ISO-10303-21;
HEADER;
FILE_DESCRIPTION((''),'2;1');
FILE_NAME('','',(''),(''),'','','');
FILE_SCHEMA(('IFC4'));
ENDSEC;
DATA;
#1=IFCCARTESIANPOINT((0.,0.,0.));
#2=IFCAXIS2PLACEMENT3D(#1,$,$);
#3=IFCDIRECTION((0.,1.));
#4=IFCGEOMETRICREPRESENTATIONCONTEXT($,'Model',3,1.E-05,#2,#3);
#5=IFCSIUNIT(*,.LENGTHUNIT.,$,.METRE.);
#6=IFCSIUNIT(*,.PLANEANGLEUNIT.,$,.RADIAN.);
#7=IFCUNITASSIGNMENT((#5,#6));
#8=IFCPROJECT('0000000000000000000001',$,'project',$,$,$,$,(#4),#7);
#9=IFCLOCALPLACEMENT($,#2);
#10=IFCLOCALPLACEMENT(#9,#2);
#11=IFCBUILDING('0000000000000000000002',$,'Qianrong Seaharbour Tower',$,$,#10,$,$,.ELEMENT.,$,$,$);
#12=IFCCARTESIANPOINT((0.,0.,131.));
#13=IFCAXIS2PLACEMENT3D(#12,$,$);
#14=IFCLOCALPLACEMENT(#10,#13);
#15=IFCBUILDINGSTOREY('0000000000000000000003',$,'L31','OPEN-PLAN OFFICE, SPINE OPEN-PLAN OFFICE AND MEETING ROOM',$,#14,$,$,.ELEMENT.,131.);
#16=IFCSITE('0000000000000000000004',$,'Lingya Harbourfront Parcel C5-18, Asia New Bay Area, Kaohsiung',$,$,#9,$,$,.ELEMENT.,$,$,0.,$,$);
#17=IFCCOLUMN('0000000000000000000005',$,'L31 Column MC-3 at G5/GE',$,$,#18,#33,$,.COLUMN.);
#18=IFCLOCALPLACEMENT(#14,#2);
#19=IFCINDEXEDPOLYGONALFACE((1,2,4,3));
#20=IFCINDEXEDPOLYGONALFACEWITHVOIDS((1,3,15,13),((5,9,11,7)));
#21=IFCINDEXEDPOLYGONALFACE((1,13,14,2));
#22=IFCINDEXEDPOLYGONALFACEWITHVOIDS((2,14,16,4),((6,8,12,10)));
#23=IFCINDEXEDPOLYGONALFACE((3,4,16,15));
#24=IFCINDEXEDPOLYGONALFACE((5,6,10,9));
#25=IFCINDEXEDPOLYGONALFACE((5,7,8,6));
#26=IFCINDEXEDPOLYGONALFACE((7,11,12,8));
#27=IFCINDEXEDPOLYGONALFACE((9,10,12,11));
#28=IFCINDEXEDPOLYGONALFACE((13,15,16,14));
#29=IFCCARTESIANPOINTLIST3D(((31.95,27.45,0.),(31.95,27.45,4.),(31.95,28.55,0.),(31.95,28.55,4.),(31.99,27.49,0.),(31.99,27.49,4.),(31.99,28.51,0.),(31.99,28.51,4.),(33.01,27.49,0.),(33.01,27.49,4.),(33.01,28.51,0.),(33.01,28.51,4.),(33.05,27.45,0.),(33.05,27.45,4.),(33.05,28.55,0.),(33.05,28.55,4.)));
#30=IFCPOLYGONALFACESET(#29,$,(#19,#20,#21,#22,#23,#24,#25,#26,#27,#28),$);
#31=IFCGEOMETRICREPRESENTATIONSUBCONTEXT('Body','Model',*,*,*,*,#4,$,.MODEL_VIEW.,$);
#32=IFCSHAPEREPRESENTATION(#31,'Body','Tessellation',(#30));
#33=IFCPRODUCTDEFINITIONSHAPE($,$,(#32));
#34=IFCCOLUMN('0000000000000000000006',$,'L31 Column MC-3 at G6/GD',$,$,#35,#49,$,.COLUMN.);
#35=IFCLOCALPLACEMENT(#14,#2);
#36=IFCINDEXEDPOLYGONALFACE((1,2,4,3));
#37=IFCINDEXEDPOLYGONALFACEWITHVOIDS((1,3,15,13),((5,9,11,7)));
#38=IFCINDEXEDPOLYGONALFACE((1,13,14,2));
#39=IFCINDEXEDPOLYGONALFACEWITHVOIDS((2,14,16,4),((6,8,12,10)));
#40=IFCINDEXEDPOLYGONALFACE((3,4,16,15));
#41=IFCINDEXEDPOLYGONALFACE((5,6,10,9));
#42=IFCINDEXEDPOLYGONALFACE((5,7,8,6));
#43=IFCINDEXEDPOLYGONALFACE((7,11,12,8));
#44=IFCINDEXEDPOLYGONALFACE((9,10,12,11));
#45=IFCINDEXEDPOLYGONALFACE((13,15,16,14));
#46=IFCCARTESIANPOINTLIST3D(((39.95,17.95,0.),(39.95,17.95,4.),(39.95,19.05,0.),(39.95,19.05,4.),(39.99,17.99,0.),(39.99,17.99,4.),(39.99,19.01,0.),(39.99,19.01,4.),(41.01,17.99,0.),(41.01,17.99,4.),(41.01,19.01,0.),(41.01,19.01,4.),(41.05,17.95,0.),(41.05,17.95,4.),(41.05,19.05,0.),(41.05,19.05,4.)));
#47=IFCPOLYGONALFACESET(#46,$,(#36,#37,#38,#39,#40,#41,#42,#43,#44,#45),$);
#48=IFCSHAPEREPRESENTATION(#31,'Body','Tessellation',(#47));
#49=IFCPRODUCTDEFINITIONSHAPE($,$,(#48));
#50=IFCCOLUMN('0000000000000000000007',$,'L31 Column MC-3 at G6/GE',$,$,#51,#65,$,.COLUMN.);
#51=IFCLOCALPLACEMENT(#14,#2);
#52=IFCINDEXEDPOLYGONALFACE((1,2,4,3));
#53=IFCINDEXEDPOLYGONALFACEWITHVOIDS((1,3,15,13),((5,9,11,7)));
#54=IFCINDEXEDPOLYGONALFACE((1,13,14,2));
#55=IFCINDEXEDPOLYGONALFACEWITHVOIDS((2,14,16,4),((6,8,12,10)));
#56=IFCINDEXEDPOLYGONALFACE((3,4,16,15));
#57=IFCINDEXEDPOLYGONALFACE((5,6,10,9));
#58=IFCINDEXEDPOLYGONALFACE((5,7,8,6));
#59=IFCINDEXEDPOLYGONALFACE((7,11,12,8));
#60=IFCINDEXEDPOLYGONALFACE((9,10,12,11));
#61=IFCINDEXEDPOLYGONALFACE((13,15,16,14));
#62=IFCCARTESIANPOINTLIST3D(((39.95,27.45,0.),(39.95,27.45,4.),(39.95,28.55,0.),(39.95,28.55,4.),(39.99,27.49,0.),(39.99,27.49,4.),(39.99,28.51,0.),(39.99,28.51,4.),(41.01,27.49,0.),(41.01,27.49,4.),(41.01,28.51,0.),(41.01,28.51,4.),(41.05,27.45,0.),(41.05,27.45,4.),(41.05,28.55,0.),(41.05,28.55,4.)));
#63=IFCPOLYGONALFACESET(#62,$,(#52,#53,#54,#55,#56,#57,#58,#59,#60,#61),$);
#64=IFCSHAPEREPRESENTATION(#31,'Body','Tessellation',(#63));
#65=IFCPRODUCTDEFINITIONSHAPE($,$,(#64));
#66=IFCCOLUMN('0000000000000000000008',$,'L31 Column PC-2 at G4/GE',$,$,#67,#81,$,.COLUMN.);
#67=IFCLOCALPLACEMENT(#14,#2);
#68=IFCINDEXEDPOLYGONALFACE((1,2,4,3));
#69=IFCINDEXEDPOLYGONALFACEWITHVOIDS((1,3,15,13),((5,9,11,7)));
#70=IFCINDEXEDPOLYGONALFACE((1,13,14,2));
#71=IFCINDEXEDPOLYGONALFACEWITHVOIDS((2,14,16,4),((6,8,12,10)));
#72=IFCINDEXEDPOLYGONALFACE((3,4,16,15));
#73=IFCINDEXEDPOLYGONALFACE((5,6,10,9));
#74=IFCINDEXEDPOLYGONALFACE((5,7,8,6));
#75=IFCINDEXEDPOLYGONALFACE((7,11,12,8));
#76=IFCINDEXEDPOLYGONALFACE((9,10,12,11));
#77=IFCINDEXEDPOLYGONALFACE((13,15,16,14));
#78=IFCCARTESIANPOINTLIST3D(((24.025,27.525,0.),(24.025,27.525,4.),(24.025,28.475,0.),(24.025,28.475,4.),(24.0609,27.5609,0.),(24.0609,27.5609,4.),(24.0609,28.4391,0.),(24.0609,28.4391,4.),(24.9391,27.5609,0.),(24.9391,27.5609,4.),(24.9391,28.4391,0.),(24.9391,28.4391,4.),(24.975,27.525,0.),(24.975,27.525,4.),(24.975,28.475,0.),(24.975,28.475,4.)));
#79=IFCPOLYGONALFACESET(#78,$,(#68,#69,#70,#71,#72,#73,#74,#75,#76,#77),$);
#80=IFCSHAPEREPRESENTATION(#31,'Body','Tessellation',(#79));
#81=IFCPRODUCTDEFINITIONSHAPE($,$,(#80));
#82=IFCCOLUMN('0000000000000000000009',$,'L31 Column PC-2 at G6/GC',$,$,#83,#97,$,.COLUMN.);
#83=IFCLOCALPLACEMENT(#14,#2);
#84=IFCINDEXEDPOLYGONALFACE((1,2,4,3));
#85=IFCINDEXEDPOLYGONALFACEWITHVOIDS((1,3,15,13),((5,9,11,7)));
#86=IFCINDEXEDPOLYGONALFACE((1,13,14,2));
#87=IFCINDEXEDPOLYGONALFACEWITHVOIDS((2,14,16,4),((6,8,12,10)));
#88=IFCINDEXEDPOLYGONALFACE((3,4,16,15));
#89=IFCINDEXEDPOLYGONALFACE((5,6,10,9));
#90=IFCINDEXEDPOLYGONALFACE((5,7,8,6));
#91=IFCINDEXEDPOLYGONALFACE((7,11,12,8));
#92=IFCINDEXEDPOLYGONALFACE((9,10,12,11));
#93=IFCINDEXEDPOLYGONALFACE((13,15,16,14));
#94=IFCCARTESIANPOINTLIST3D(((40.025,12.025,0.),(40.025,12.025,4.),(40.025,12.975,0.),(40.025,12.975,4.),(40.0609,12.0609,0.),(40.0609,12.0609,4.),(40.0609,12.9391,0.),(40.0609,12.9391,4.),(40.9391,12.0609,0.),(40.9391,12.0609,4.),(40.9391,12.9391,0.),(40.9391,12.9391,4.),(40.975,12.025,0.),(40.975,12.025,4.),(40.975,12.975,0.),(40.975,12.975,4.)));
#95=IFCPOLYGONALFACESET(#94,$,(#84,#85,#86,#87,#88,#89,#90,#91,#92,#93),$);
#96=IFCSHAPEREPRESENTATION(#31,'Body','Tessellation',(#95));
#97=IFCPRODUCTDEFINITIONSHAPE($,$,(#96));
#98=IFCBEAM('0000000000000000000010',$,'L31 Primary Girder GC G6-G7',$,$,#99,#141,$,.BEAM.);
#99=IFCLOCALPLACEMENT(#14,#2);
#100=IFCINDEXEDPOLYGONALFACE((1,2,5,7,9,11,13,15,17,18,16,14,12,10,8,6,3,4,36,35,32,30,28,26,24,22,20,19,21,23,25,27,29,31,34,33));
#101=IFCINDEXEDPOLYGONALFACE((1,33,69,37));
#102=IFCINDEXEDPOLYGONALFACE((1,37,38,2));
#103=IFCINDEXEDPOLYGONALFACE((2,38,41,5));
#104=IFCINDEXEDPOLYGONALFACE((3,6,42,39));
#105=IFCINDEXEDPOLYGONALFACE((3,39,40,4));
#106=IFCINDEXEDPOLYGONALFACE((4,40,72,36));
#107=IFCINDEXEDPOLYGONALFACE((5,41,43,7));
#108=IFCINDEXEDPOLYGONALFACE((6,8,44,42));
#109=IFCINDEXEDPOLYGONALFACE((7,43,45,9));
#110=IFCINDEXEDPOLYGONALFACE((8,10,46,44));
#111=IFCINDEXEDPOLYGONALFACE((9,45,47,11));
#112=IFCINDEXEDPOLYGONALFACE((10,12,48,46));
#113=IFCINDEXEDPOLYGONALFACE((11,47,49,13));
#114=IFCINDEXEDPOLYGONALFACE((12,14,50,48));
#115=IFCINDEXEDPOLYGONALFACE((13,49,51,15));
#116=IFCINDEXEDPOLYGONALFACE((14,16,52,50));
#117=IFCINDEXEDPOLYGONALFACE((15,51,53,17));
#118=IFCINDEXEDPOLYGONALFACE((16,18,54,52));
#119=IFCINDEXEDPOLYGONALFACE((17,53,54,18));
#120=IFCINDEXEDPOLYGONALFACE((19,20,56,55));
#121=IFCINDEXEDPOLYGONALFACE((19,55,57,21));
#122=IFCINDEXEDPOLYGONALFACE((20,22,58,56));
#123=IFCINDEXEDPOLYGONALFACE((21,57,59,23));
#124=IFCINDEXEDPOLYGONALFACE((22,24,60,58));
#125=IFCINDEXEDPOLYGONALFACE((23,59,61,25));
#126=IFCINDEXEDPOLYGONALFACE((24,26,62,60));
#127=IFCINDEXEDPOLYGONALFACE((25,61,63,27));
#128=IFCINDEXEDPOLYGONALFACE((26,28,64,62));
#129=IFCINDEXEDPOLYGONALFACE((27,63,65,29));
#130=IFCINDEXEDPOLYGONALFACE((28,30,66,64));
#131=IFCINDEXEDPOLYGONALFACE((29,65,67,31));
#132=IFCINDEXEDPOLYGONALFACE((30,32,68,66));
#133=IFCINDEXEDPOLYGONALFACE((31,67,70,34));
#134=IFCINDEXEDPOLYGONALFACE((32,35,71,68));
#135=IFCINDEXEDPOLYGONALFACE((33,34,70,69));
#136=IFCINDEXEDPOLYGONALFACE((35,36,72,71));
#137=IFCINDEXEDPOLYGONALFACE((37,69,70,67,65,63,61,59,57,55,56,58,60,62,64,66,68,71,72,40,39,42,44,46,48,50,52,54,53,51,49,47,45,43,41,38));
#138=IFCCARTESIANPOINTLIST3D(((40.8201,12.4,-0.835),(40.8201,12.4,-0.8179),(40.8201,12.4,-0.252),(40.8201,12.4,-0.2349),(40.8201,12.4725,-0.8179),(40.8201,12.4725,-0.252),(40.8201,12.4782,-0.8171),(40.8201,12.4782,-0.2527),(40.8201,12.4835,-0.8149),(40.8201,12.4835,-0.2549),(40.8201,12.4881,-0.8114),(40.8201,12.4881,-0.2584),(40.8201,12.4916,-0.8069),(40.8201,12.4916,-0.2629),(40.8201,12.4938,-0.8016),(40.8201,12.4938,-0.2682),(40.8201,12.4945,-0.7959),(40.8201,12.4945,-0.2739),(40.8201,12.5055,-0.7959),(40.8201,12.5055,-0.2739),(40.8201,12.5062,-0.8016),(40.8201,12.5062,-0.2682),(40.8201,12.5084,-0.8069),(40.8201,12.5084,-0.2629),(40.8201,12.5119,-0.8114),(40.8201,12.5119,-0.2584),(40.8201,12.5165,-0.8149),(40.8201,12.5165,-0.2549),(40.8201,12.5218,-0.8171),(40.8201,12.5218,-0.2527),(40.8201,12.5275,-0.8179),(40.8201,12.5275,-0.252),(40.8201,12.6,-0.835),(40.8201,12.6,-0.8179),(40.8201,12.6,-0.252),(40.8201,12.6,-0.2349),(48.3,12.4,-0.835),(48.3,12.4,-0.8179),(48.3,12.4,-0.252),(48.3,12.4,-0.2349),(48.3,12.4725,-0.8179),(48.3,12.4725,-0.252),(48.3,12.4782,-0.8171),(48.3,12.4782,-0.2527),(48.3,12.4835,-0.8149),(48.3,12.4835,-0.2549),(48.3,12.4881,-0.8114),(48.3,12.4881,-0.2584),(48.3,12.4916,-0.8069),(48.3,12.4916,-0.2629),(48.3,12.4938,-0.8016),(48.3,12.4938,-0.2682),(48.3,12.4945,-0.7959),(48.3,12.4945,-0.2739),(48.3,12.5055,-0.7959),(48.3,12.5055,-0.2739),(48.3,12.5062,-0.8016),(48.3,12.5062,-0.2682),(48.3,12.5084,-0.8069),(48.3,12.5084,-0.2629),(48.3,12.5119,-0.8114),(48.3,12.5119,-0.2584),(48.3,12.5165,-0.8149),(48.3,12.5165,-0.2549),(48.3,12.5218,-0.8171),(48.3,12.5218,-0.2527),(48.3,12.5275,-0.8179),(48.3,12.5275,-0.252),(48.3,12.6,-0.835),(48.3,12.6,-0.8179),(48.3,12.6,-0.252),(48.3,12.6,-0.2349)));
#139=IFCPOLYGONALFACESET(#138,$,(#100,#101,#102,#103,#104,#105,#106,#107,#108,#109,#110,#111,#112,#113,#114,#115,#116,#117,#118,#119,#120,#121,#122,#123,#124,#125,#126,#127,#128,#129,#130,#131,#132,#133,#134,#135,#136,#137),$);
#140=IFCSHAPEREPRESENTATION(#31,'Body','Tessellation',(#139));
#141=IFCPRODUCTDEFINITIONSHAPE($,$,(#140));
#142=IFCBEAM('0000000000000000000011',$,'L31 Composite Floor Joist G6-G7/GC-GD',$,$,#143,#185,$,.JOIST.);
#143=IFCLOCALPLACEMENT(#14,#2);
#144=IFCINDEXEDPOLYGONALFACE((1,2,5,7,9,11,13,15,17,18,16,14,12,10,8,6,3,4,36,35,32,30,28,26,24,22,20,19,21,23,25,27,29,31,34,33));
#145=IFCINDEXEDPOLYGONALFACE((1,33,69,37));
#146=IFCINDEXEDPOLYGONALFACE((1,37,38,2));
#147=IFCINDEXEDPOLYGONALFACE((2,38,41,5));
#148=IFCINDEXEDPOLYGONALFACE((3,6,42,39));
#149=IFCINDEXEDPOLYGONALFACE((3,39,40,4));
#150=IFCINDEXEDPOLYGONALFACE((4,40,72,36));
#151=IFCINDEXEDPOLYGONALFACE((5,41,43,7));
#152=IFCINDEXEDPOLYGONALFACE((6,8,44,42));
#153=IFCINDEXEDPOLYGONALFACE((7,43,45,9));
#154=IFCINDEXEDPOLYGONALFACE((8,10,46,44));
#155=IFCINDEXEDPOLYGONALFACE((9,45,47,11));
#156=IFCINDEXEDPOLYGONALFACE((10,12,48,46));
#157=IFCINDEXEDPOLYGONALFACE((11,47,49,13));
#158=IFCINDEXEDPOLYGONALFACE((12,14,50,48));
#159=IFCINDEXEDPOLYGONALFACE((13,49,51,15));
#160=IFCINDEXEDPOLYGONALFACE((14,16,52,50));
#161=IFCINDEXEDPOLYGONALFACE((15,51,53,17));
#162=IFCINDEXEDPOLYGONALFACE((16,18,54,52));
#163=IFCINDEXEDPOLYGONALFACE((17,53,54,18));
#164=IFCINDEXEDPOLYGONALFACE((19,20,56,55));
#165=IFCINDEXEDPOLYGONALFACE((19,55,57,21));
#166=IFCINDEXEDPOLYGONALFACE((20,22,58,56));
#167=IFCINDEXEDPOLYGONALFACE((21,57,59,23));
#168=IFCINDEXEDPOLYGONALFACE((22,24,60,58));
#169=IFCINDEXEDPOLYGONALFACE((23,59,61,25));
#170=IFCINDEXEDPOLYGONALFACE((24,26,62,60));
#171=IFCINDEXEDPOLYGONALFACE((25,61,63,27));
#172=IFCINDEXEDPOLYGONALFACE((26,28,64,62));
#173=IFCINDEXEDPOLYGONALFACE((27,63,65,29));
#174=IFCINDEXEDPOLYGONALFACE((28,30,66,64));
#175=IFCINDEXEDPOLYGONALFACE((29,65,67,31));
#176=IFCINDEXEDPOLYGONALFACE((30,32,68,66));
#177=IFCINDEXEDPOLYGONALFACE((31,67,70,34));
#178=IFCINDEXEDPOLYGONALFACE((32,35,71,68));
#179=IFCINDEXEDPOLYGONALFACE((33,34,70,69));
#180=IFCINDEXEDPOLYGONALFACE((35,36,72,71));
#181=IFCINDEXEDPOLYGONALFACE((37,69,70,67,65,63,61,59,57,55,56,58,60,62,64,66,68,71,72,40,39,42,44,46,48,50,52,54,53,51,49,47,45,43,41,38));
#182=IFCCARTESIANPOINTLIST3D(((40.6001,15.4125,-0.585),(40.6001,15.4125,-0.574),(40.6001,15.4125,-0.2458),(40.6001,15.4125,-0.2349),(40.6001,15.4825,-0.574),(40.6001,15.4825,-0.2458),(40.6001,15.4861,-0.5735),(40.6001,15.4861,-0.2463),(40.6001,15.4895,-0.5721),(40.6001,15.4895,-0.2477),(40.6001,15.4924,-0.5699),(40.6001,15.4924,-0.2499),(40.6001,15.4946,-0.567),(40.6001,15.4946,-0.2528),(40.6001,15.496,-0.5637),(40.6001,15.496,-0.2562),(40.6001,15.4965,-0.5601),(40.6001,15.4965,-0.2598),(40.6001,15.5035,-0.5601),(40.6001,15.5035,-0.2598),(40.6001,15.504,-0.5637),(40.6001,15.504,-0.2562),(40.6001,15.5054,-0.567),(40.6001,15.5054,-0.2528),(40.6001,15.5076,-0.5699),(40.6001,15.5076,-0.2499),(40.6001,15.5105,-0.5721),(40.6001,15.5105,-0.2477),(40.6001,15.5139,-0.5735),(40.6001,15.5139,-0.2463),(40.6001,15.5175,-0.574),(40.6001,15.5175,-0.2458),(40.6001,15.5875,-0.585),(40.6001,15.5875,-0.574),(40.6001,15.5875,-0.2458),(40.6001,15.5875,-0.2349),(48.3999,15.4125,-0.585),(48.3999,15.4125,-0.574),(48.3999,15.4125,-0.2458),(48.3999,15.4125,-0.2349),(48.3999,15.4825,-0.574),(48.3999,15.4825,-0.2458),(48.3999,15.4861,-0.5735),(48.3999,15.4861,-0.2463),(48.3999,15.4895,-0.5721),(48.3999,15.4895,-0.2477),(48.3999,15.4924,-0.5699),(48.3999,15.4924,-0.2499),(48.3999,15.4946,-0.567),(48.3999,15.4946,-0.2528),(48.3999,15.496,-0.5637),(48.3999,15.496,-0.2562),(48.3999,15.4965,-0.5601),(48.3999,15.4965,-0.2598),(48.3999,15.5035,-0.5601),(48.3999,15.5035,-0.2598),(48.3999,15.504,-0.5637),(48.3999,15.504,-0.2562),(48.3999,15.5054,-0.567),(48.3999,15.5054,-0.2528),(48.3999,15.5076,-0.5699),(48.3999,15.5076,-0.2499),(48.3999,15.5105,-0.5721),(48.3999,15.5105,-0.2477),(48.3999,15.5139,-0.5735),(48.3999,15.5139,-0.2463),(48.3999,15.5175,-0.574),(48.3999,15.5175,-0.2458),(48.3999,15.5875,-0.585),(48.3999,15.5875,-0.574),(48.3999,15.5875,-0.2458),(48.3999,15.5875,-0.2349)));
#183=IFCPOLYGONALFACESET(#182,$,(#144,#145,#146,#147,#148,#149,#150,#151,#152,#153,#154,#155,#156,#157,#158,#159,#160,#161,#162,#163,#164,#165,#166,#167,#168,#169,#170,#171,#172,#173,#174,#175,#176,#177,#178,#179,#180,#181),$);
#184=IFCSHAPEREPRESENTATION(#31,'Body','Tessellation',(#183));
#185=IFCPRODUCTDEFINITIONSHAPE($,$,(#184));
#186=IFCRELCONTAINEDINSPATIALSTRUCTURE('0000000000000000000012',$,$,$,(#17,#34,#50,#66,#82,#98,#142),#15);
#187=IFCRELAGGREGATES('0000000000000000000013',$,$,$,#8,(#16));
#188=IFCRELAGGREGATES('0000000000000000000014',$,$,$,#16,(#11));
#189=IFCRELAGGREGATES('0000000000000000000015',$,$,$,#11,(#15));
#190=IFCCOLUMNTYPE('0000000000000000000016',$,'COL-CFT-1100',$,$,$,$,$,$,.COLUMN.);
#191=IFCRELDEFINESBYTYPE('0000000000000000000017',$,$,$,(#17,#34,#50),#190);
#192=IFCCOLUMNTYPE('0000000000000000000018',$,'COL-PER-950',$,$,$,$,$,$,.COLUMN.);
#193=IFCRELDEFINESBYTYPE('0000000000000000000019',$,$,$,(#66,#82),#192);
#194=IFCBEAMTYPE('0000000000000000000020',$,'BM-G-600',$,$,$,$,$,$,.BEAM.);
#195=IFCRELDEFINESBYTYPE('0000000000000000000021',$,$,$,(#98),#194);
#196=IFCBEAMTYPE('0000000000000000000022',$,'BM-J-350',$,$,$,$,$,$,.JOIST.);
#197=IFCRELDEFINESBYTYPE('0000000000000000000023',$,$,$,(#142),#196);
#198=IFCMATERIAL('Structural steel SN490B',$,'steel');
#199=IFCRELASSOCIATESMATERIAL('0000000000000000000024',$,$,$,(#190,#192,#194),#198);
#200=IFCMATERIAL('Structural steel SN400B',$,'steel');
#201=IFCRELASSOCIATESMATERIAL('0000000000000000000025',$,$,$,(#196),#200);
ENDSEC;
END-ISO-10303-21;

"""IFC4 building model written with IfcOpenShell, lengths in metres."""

from ifc_helpers import new_model, si_unit, direction, frame, origin, origin_2d, place, context, subcontext, project, spatial, hollow_rectangle, i_section, extrude, material, material_profile, profile_set, type_object, element, save


model = new_model("IFC4")

# Units and contexts
model_context = context("Model", 3, precision=1e-05, world=origin(), true_north=direction((0.0, 1.0)))
body_context = subcontext(model_context, "Body", "Model", "MODEL_VIEW")
ifc_project = project(units=[si_unit("LENGTHUNIT", "METRE"), si_unit("PLANEANGLEUNIT", "RADIAN")], contexts=[model_context])

# Site, building, storey
site_placement = place(None, origin())
site = spatial("IfcSite", under=ifc_project, at=site_placement, Name="Lingya Harbourfront Parcel C5-18, Asia New Bay Area, Kaohsiung", CompositionType="ELEMENT", RefElevation=0.0)
building_placement = place(site_placement, origin())
building = spatial("IfcBuilding", under=site, at=building_placement, Name="Qianrong Seaharbour Tower", CompositionType="ELEMENT")
storey_placement = place(building_placement, frame((0.0, 0.0, 131.0)))
storey = spatial("IfcBuildingStorey", under=building, at=storey_placement, Name="L31", Description="OPEN-PLAN OFFICE, SPINE OPEN-PLAN OFFICE AND MEETING ROOM", CompositionType="ELEMENT", Elevation=131.0)

# Columns
ifc_material_1 = material(Name="Structural steel SN490B", Category="steel")
ifc_material_profile_1 = material_profile(ifc_material_1, hollow_rectangle(XDim=1.1001, YDim=1.1001, WallThickness=0.04, at=origin_2d()), Name="BOX1100x1100x40")
ifc_profile_set_1 = profile_set([ifc_material_profile_1], Name="Structural steel SN490B")
column_type_1 = type_object("IfcColumnType", Name="COL-CFT-1100", PredefinedType="COLUMN", material=ifc_profile_set_1)
for number, where, z_axis, x_axis, name in (
    (1, (32.5, 28.0, 0.0), (0.0, 0.0, 1.0), (1.0, 0.0, 0.0), "L31 Column MC-3 at G5/GE"),
    (2, (40.5, 18.5, 0.0), (0.0, 0.0, 1.0), (1.0, 0.0, 0.0), "L31 Column MC-3 at G6/GD"),
    (3, (40.5, 28.0, 0.0), (0.0, 0.0, 1.0), (1.0, 0.0, 0.0), "L31 Column MC-3 at G6/GE"),
):
    element("IfcColumn", number, at=place(storey_placement, frame(where, z_axis=z_axis, x_axis=x_axis)), inside=storey, type_object=column_type_1, Name=name, PredefinedType="COLUMN", context=body_context, shape_type="SweptSolid", body=[
        extrude(hollow_rectangle(XDim=1.1001, YDim=1.1001, WallThickness=0.04, at=origin_2d()), origin(), (0.0, 0.0, 1.0), 4.0),
    ])
ifc_material_profile_2 = material_profile(ifc_material_1, hollow_rectangle(XDim=0.95, YDim=0.95, WallThickness=0.0359, at=origin_2d()), Name="BOX950x950x36")
ifc_profile_set_2 = profile_set([ifc_material_profile_2], Name="Structural steel SN490B")
column_type_2 = type_object("IfcColumnType", Name="COL-PER-950", PredefinedType="COLUMN", material=ifc_profile_set_2)
for number, where, z_axis, x_axis, name in (
    (4, (24.5, 28.0, 0.0), (0.0, 0.0, 1.0), (1.0, 0.0, 0.0), "L31 Column PC-2 at G4/GE"),
    (5, (40.5, 12.5, 0.0), (0.0, 0.0, 1.0), (1.0, 0.0, 0.0), "L31 Column PC-2 at G6/GC"),
):
    element("IfcColumn", number, at=place(storey_placement, frame(where, z_axis=z_axis, x_axis=x_axis)), inside=storey, type_object=column_type_2, Name=name, PredefinedType="COLUMN", context=body_context, shape_type="SweptSolid", body=[
        extrude(hollow_rectangle(XDim=0.95, YDim=0.95, WallThickness=0.0359, at=origin_2d()), origin(), (0.0, 0.0, 1.0), 4.0),
    ])

# Beams
ifc_material_profile_3 = material_profile(ifc_material_1, i_section(OverallWidth=0.2, OverallDepth=0.6001, WebThickness=0.011, FlangeThickness=0.0171, FilletRadius=0.022, at=origin_2d()), Name="H600x200x11x17")
ifc_profile_set_3 = profile_set([ifc_material_profile_3], Name="Structural steel SN490B")
beam_type_1 = type_object("IfcBeamType", Name="BM-G-600", PredefinedType="BEAM", material=ifc_profile_set_3)
beam_1_placement = place(storey_placement, frame((40.8201, 12.5, -0.5349), z_axis=(1.0, 0.0, 0.0), x_axis=(0.0, 1.0, 0.0)))
element("IfcBeam", 6, at=beam_1_placement, inside=storey, type_object=beam_type_1, Name="L31 Primary Girder GC G6-G7", PredefinedType="BEAM", context=body_context, shape_type="SweptSolid", body=[
    extrude(i_section(OverallWidth=0.2, OverallDepth=0.6001, WebThickness=0.011, FlangeThickness=0.0171, FilletRadius=0.022, at=origin_2d()), origin(), (0.0, 0.0, 1.0), 7.48),
])
ifc_material_2 = material(Name="Structural steel SN400B", Category="steel")
ifc_material_profile_4 = material_profile(ifc_material_2, i_section(OverallWidth=0.175, OverallDepth=0.3501, WebThickness=0.0071, FlangeThickness=0.011, FilletRadius=0.0139, at=origin_2d()), Name="H350x175x7x11")
ifc_profile_set_4 = profile_set([ifc_material_profile_4], Name="Structural steel SN400B")
beam_type_2 = type_object("IfcBeamType", Name="BM-J-350", PredefinedType="JOIST", material=ifc_profile_set_4)
beam_2_placement = place(storey_placement, frame((40.6001, 15.5, -0.4099), z_axis=(1.0, 0.0, 0.0), x_axis=(0.0, 1.0, 0.0)))
element("IfcBeam", 7, at=beam_2_placement, inside=storey, type_object=beam_type_2, Name="L31 Composite Floor Joist G6-G7/GC-GD", PredefinedType="JOIST", context=body_context, shape_type="SweptSolid", body=[
    extrude(i_section(OverallWidth=0.175, OverallDepth=0.3501, WebThickness=0.0071, FlangeThickness=0.011, FilletRadius=0.0139, at=origin_2d()), origin(), (0.0, 0.0, 1.0), 7.7998),
])

save(model, "model.ifc")
